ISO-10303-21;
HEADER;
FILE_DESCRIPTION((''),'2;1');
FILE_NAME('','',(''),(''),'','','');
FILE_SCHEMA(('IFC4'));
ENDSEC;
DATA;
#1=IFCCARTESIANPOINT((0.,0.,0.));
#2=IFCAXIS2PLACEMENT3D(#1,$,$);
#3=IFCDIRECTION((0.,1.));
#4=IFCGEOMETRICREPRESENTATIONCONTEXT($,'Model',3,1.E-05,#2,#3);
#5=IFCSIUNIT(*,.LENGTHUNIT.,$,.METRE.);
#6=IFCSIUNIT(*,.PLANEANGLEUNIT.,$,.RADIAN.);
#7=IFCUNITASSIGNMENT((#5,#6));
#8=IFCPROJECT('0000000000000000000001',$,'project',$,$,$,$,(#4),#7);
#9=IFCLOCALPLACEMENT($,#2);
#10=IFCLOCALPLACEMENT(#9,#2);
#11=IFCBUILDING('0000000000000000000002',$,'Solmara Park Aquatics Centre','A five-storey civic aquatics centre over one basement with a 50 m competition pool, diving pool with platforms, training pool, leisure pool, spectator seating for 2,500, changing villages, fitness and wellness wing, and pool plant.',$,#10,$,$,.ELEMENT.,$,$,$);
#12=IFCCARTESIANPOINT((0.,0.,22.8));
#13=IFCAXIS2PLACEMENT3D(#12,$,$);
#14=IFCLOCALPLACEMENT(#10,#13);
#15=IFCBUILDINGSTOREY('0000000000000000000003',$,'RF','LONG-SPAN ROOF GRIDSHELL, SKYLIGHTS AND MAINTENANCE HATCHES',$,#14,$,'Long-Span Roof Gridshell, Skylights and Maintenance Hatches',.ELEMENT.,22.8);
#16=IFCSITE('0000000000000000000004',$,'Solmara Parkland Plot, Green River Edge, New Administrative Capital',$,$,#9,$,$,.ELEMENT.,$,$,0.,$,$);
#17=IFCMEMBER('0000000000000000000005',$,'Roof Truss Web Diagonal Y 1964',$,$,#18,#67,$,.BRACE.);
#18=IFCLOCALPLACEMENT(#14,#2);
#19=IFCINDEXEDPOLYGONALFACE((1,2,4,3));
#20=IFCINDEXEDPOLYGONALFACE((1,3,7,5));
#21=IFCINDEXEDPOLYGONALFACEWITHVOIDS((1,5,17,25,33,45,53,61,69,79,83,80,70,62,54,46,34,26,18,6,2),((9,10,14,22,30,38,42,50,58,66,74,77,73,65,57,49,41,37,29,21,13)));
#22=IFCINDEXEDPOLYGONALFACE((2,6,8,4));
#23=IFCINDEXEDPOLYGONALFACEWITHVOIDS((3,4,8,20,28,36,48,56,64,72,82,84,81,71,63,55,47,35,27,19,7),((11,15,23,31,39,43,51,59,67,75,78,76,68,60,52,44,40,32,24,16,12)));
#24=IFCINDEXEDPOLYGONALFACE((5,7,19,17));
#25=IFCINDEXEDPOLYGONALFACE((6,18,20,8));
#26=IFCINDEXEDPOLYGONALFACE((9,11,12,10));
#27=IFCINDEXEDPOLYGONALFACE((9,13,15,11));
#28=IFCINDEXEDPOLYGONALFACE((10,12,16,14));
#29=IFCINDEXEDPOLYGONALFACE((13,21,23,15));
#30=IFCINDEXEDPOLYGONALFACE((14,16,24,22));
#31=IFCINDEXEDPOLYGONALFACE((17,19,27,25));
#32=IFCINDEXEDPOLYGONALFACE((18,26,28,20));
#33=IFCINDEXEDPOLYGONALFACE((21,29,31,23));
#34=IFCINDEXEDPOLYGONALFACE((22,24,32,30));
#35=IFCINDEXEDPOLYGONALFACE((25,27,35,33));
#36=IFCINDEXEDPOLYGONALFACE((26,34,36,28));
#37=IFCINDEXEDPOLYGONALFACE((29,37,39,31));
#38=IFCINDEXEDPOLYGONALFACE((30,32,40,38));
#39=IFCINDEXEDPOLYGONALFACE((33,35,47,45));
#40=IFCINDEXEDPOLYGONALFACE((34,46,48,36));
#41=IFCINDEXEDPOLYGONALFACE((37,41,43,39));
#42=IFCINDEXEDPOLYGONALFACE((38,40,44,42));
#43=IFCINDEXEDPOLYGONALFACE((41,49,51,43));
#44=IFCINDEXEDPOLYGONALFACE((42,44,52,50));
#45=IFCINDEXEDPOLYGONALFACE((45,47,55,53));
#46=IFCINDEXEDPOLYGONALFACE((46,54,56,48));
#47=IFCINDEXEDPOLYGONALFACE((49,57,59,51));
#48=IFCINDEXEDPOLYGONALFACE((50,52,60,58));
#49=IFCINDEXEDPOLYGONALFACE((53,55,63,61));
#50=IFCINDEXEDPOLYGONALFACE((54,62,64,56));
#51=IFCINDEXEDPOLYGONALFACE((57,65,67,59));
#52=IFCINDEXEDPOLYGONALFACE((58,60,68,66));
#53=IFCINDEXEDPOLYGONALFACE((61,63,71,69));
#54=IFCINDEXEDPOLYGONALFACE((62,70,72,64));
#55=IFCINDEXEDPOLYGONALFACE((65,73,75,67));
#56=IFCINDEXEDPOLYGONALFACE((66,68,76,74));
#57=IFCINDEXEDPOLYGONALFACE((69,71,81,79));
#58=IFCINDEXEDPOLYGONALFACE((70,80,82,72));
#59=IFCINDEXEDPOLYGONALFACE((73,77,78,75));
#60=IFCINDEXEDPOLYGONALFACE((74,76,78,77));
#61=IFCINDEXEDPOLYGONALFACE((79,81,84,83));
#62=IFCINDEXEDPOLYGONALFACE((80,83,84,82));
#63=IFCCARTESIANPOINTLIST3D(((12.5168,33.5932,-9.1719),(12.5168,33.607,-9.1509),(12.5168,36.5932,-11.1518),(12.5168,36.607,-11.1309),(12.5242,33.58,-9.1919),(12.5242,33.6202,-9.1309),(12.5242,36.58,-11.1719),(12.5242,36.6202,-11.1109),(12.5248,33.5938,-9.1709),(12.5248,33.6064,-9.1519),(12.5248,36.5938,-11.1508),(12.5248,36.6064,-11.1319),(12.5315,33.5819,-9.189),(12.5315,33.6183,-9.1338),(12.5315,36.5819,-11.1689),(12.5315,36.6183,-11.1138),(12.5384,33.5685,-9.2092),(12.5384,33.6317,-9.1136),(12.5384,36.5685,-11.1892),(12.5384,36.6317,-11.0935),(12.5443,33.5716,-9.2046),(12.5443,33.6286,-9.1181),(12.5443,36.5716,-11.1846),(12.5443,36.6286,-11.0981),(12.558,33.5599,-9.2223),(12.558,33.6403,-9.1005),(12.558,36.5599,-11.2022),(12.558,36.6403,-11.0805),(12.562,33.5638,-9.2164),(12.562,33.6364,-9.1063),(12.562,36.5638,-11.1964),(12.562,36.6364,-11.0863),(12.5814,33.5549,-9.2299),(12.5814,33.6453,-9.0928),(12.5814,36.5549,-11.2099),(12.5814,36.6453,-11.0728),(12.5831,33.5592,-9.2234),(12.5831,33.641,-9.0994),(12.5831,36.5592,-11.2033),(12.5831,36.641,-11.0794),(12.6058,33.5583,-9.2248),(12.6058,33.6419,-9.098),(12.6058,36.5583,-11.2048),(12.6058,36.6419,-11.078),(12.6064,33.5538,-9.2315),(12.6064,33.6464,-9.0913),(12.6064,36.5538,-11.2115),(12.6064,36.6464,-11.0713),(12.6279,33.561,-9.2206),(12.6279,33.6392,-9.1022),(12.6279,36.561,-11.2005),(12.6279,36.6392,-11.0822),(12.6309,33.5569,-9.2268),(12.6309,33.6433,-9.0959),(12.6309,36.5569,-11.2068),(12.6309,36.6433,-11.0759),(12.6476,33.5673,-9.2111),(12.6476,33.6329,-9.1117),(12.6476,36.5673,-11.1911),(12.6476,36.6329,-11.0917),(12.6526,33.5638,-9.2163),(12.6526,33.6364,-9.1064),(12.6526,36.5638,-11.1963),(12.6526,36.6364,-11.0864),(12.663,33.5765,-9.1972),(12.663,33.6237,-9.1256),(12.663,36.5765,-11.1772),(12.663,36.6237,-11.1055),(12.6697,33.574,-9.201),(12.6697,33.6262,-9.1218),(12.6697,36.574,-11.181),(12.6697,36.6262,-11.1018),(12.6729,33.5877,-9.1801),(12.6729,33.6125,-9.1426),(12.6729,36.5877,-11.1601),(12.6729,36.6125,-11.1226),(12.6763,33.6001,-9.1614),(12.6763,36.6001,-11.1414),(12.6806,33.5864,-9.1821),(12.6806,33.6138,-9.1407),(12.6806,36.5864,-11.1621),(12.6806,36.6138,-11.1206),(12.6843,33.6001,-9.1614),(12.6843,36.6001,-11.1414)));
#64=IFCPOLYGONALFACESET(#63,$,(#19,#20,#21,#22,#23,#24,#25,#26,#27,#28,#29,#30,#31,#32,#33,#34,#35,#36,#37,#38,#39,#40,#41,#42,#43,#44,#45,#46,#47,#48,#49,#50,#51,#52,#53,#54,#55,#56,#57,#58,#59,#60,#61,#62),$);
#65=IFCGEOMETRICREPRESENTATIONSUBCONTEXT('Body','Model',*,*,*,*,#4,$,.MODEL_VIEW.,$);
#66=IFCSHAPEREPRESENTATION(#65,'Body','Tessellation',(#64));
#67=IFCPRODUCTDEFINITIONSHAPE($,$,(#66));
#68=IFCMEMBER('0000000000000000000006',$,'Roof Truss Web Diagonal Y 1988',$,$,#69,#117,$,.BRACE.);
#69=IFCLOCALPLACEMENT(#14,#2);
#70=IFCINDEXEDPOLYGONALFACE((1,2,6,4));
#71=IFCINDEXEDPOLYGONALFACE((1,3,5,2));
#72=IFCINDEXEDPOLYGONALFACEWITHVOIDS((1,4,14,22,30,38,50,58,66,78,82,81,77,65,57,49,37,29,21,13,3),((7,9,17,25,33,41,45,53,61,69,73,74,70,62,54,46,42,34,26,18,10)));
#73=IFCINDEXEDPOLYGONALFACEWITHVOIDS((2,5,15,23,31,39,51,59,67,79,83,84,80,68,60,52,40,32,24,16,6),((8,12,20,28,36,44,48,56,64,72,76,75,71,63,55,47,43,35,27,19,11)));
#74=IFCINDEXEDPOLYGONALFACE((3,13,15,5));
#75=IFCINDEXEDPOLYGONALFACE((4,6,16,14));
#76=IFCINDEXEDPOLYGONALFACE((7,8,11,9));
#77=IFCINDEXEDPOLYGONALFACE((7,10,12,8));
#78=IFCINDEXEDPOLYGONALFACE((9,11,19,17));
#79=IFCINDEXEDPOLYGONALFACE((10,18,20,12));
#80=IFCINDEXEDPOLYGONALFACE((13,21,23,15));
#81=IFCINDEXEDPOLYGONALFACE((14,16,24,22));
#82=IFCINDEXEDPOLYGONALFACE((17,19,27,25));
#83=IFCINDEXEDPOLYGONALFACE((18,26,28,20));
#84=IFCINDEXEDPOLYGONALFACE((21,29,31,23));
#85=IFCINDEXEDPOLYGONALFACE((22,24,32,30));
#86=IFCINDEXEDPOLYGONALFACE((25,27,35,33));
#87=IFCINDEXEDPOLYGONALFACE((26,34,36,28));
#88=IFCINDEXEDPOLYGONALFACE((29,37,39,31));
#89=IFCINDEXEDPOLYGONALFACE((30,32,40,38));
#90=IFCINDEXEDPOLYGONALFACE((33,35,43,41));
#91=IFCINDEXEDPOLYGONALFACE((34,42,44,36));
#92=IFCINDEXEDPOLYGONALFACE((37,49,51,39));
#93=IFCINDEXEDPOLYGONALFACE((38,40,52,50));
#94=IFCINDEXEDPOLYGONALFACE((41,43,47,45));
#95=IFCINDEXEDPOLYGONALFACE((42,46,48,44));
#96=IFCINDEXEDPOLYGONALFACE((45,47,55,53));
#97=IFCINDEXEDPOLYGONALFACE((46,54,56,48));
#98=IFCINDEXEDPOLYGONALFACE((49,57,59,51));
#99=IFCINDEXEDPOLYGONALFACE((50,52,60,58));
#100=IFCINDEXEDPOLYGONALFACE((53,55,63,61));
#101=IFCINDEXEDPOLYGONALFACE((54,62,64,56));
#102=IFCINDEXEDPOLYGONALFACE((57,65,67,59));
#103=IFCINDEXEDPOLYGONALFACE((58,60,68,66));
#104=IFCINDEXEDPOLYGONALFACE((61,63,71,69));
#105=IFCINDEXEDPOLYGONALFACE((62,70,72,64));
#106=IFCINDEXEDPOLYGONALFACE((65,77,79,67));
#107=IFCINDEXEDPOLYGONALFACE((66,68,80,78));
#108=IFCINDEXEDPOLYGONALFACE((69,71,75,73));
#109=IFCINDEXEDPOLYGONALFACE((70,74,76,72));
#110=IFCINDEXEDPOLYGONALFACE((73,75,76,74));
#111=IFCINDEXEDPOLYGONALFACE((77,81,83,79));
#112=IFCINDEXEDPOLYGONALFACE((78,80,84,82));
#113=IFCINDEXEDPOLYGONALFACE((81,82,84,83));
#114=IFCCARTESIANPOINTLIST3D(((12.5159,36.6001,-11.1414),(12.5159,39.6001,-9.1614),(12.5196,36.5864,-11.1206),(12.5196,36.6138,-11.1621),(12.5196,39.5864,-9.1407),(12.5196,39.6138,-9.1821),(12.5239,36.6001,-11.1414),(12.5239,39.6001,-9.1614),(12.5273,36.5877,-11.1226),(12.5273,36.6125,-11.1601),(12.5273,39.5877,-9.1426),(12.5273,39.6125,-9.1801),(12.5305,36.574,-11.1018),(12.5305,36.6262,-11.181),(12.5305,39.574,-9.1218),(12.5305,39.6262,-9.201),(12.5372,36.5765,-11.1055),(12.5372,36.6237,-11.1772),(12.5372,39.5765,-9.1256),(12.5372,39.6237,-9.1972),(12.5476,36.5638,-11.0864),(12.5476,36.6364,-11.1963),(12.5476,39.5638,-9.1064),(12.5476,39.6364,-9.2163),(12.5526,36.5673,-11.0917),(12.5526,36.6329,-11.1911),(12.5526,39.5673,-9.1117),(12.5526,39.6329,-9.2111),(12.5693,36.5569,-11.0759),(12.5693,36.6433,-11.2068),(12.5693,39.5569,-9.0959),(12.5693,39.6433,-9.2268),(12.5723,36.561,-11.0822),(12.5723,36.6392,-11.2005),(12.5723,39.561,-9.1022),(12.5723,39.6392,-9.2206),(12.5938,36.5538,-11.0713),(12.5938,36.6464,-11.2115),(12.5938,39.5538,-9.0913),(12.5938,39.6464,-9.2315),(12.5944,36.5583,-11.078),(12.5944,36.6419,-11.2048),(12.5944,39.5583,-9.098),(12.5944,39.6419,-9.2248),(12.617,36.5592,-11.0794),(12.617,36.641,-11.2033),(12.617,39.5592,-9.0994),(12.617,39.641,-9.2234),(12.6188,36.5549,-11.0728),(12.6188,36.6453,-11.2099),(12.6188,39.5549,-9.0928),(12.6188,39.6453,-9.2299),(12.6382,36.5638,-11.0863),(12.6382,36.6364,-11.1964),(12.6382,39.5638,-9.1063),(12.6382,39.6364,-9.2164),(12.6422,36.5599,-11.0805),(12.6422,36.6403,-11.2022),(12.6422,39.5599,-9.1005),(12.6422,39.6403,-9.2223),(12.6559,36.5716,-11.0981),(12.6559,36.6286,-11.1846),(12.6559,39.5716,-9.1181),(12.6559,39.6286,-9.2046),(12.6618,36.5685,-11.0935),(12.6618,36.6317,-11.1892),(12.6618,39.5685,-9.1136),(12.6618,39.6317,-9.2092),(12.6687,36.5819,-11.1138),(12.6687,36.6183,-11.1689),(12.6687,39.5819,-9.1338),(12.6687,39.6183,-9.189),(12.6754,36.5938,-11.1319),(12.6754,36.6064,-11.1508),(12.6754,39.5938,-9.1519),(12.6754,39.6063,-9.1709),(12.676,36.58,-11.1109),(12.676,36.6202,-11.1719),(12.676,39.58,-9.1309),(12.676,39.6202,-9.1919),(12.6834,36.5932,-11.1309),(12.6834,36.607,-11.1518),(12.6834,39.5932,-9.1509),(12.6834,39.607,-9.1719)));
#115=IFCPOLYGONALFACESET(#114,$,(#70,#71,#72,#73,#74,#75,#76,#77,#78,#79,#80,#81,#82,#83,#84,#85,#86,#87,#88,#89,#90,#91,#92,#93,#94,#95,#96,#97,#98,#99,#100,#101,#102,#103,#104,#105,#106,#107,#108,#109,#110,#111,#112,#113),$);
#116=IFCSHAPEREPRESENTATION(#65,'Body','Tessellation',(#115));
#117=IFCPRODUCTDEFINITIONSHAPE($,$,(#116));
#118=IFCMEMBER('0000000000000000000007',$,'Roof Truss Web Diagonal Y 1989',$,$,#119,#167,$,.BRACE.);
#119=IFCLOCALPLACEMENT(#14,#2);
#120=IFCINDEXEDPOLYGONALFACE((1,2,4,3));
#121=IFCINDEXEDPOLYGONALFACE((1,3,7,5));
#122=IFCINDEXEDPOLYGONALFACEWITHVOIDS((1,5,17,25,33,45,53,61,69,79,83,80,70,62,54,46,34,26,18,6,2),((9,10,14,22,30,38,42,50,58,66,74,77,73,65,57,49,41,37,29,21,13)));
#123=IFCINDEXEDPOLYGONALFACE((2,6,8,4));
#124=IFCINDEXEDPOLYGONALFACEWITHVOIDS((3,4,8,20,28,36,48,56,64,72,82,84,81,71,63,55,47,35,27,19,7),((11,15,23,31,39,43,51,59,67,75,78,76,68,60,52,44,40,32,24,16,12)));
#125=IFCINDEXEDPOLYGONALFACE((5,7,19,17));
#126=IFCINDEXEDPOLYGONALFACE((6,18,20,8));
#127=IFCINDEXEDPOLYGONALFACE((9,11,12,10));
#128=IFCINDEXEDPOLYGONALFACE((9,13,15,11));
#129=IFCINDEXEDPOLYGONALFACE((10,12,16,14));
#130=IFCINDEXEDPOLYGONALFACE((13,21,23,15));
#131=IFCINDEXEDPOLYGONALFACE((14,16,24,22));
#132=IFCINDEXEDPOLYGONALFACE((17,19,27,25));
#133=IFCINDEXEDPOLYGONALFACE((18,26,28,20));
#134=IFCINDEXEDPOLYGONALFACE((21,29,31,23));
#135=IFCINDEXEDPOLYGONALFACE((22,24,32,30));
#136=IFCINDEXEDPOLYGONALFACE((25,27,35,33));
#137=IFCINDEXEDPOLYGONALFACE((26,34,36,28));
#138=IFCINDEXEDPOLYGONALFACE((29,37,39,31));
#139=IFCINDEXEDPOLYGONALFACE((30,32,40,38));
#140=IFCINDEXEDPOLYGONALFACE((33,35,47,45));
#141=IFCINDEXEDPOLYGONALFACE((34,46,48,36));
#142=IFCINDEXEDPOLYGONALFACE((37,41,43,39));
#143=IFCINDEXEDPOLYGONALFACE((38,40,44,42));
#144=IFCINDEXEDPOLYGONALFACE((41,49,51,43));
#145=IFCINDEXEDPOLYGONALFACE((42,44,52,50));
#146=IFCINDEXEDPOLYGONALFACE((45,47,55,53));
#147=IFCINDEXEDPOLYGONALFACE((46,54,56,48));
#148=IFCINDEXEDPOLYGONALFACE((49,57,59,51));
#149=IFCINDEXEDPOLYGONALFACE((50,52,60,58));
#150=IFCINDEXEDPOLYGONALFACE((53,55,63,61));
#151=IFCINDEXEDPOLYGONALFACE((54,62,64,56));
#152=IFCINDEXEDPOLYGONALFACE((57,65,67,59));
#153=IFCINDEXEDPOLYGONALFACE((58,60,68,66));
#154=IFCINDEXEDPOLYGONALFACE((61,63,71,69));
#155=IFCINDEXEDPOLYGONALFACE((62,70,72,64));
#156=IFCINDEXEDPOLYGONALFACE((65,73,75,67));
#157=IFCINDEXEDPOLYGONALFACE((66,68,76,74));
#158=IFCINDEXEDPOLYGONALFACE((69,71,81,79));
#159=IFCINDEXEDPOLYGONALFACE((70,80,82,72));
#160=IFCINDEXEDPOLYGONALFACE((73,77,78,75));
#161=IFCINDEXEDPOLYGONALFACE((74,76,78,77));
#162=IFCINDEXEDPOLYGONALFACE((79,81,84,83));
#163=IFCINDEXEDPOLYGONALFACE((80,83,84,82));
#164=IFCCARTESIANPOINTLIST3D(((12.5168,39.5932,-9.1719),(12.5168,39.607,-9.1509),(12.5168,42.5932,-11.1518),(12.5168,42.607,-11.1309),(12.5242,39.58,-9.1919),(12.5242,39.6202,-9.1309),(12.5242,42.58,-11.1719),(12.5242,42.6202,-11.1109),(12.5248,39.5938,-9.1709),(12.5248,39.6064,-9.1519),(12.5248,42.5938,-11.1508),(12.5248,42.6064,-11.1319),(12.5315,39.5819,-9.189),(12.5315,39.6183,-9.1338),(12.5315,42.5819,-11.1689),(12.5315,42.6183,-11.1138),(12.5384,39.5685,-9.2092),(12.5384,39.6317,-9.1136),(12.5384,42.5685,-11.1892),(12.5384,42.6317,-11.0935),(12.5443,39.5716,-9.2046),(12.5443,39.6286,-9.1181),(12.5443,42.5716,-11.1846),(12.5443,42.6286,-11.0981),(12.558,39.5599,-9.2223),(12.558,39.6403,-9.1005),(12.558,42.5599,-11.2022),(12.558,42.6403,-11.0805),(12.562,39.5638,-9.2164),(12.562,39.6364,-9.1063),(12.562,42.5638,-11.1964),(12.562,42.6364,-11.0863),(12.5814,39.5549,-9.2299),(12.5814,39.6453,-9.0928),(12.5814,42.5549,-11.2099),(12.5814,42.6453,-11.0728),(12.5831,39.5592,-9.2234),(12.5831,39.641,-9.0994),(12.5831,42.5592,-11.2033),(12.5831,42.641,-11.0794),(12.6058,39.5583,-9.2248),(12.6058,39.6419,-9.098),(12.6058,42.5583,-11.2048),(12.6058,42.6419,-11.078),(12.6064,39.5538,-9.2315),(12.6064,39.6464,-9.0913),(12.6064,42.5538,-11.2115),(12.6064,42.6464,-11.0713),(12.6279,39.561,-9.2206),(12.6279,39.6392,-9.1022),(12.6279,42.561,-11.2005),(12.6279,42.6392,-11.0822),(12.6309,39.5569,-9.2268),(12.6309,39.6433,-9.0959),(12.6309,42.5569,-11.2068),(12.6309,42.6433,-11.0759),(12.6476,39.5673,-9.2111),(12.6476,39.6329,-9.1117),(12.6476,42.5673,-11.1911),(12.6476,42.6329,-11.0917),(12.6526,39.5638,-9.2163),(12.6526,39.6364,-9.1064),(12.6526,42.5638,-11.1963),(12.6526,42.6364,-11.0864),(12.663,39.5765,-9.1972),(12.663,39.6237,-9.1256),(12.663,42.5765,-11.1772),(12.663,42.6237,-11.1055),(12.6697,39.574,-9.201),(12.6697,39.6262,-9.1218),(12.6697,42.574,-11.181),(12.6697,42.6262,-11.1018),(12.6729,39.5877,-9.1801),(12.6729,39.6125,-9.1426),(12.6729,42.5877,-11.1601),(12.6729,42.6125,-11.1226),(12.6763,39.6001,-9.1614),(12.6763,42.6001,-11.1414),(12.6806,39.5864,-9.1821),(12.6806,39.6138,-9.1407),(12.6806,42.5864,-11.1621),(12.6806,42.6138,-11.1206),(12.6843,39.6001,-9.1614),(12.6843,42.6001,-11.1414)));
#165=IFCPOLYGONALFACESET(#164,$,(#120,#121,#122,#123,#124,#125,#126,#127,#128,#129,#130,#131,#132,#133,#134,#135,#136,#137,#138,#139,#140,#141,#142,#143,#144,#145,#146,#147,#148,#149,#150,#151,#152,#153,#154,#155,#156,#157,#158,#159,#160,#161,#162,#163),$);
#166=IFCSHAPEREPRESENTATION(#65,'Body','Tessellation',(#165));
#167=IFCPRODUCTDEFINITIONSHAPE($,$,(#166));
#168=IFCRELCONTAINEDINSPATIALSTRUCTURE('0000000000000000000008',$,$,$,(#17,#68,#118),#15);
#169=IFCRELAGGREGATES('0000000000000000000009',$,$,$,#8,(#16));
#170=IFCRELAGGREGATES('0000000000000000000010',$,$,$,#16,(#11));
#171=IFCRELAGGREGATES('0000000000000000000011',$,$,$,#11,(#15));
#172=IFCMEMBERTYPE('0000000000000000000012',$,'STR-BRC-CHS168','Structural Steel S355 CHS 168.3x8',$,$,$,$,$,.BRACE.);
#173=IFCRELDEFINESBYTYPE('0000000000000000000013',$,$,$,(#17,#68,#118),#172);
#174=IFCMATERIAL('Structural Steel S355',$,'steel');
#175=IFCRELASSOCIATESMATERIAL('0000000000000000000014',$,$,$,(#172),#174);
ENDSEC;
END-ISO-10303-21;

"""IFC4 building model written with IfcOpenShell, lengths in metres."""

from ifc_helpers import new_model, si_unit, direction, frame, origin, origin_2d, place, context, subcontext, project, spatial, hollow_circle, extrude, material, material_profile, profile_set, type_object, element, save


model = new_model("IFC4")

# Units and contexts
model_context = context("Model", 3, precision=1e-05, world=origin(), true_north=direction((0.0, 1.0)))
body_context = subcontext(model_context, "Body", "Model", "MODEL_VIEW")
ifc_project = project(units=[si_unit("LENGTHUNIT", "METRE"), si_unit("PLANEANGLEUNIT", "RADIAN")], contexts=[model_context])

# Site, building, storey
site_placement = place(None, origin())
site = spatial("IfcSite", under=ifc_project, at=site_placement, Name="Solmara Parkland Plot, Green River Edge, New Administrative Capital", CompositionType="ELEMENT", RefElevation=0.0)
building_placement = place(site_placement, origin())
building = spatial("IfcBuilding", under=site, at=building_placement, Name="Solmara Park Aquatics Centre", Description="A five-storey civic aquatics centre over one basement with a 50 m competition pool, diving pool with platforms, training pool, leisure pool, spectator seating for 2,500, changing villages, fitness and wellness wing, and pool plant.", CompositionType="ELEMENT")
storey_placement = place(building_placement, frame((0.0, 0.0, 22.8)))
storey = spatial("IfcBuildingStorey", under=building, at=storey_placement, Name="RF", Description="LONG-SPAN ROOF GRIDSHELL, SKYLIGHTS AND MAINTENANCE HATCHES", LongName="Long-Span Roof Gridshell, Skylights and Maintenance Hatches", CompositionType="ELEMENT", Elevation=22.8)

# Members
ifc_material_1 = material(Name="Structural Steel S355", Category="steel")
ifc_material_profile_1 = material_profile(ifc_material_1, hollow_circle(Radius=0.0842, WallThickness=0.0081, at=origin_2d()), Name="CHS 168.3x8")
ifc_profile_set_1 = profile_set([ifc_material_profile_1], Name="Structural Steel S355")
member_type_1 = type_object("IfcMemberType", Name="STR-BRC-CHS168", Description="Structural Steel S355 CHS 168.3x8", PredefinedType="BRACE", material=ifc_profile_set_1)
for number, where, z_axis, x_axis, name in (
    (1, (12.6001, 36.6001, -11.1414), (0.0, -0.834612, 0.550838), (1.0, 0.0, 0.0), "Roof Truss Web Diagonal Y 1964"),
    (2, (12.6001, 36.6001, -11.1414), (0.0, 0.834612, 0.550838), (-1.0, 0.0, 0.0), "Roof Truss Web Diagonal Y 1988"),
    (3, (12.6001, 42.6001, -11.1414), (0.0, -0.834612, 0.550838), (1.0, 0.0, 0.0), "Roof Truss Web Diagonal Y 1989"),
):
    element("IfcMember", number, at=place(storey_placement, frame(where, z_axis=z_axis, x_axis=x_axis)), inside=storey, type_object=member_type_1, Name=name, PredefinedType="BRACE", context=body_context, shape_type="SweptSolid", body=[
        extrude(hollow_circle(Radius=0.0842, WallThickness=0.0081, at=origin_2d()), origin(), (0.0, 0.0, 1.0), 3.5945),
    ])

save(model, "model.ifc")
